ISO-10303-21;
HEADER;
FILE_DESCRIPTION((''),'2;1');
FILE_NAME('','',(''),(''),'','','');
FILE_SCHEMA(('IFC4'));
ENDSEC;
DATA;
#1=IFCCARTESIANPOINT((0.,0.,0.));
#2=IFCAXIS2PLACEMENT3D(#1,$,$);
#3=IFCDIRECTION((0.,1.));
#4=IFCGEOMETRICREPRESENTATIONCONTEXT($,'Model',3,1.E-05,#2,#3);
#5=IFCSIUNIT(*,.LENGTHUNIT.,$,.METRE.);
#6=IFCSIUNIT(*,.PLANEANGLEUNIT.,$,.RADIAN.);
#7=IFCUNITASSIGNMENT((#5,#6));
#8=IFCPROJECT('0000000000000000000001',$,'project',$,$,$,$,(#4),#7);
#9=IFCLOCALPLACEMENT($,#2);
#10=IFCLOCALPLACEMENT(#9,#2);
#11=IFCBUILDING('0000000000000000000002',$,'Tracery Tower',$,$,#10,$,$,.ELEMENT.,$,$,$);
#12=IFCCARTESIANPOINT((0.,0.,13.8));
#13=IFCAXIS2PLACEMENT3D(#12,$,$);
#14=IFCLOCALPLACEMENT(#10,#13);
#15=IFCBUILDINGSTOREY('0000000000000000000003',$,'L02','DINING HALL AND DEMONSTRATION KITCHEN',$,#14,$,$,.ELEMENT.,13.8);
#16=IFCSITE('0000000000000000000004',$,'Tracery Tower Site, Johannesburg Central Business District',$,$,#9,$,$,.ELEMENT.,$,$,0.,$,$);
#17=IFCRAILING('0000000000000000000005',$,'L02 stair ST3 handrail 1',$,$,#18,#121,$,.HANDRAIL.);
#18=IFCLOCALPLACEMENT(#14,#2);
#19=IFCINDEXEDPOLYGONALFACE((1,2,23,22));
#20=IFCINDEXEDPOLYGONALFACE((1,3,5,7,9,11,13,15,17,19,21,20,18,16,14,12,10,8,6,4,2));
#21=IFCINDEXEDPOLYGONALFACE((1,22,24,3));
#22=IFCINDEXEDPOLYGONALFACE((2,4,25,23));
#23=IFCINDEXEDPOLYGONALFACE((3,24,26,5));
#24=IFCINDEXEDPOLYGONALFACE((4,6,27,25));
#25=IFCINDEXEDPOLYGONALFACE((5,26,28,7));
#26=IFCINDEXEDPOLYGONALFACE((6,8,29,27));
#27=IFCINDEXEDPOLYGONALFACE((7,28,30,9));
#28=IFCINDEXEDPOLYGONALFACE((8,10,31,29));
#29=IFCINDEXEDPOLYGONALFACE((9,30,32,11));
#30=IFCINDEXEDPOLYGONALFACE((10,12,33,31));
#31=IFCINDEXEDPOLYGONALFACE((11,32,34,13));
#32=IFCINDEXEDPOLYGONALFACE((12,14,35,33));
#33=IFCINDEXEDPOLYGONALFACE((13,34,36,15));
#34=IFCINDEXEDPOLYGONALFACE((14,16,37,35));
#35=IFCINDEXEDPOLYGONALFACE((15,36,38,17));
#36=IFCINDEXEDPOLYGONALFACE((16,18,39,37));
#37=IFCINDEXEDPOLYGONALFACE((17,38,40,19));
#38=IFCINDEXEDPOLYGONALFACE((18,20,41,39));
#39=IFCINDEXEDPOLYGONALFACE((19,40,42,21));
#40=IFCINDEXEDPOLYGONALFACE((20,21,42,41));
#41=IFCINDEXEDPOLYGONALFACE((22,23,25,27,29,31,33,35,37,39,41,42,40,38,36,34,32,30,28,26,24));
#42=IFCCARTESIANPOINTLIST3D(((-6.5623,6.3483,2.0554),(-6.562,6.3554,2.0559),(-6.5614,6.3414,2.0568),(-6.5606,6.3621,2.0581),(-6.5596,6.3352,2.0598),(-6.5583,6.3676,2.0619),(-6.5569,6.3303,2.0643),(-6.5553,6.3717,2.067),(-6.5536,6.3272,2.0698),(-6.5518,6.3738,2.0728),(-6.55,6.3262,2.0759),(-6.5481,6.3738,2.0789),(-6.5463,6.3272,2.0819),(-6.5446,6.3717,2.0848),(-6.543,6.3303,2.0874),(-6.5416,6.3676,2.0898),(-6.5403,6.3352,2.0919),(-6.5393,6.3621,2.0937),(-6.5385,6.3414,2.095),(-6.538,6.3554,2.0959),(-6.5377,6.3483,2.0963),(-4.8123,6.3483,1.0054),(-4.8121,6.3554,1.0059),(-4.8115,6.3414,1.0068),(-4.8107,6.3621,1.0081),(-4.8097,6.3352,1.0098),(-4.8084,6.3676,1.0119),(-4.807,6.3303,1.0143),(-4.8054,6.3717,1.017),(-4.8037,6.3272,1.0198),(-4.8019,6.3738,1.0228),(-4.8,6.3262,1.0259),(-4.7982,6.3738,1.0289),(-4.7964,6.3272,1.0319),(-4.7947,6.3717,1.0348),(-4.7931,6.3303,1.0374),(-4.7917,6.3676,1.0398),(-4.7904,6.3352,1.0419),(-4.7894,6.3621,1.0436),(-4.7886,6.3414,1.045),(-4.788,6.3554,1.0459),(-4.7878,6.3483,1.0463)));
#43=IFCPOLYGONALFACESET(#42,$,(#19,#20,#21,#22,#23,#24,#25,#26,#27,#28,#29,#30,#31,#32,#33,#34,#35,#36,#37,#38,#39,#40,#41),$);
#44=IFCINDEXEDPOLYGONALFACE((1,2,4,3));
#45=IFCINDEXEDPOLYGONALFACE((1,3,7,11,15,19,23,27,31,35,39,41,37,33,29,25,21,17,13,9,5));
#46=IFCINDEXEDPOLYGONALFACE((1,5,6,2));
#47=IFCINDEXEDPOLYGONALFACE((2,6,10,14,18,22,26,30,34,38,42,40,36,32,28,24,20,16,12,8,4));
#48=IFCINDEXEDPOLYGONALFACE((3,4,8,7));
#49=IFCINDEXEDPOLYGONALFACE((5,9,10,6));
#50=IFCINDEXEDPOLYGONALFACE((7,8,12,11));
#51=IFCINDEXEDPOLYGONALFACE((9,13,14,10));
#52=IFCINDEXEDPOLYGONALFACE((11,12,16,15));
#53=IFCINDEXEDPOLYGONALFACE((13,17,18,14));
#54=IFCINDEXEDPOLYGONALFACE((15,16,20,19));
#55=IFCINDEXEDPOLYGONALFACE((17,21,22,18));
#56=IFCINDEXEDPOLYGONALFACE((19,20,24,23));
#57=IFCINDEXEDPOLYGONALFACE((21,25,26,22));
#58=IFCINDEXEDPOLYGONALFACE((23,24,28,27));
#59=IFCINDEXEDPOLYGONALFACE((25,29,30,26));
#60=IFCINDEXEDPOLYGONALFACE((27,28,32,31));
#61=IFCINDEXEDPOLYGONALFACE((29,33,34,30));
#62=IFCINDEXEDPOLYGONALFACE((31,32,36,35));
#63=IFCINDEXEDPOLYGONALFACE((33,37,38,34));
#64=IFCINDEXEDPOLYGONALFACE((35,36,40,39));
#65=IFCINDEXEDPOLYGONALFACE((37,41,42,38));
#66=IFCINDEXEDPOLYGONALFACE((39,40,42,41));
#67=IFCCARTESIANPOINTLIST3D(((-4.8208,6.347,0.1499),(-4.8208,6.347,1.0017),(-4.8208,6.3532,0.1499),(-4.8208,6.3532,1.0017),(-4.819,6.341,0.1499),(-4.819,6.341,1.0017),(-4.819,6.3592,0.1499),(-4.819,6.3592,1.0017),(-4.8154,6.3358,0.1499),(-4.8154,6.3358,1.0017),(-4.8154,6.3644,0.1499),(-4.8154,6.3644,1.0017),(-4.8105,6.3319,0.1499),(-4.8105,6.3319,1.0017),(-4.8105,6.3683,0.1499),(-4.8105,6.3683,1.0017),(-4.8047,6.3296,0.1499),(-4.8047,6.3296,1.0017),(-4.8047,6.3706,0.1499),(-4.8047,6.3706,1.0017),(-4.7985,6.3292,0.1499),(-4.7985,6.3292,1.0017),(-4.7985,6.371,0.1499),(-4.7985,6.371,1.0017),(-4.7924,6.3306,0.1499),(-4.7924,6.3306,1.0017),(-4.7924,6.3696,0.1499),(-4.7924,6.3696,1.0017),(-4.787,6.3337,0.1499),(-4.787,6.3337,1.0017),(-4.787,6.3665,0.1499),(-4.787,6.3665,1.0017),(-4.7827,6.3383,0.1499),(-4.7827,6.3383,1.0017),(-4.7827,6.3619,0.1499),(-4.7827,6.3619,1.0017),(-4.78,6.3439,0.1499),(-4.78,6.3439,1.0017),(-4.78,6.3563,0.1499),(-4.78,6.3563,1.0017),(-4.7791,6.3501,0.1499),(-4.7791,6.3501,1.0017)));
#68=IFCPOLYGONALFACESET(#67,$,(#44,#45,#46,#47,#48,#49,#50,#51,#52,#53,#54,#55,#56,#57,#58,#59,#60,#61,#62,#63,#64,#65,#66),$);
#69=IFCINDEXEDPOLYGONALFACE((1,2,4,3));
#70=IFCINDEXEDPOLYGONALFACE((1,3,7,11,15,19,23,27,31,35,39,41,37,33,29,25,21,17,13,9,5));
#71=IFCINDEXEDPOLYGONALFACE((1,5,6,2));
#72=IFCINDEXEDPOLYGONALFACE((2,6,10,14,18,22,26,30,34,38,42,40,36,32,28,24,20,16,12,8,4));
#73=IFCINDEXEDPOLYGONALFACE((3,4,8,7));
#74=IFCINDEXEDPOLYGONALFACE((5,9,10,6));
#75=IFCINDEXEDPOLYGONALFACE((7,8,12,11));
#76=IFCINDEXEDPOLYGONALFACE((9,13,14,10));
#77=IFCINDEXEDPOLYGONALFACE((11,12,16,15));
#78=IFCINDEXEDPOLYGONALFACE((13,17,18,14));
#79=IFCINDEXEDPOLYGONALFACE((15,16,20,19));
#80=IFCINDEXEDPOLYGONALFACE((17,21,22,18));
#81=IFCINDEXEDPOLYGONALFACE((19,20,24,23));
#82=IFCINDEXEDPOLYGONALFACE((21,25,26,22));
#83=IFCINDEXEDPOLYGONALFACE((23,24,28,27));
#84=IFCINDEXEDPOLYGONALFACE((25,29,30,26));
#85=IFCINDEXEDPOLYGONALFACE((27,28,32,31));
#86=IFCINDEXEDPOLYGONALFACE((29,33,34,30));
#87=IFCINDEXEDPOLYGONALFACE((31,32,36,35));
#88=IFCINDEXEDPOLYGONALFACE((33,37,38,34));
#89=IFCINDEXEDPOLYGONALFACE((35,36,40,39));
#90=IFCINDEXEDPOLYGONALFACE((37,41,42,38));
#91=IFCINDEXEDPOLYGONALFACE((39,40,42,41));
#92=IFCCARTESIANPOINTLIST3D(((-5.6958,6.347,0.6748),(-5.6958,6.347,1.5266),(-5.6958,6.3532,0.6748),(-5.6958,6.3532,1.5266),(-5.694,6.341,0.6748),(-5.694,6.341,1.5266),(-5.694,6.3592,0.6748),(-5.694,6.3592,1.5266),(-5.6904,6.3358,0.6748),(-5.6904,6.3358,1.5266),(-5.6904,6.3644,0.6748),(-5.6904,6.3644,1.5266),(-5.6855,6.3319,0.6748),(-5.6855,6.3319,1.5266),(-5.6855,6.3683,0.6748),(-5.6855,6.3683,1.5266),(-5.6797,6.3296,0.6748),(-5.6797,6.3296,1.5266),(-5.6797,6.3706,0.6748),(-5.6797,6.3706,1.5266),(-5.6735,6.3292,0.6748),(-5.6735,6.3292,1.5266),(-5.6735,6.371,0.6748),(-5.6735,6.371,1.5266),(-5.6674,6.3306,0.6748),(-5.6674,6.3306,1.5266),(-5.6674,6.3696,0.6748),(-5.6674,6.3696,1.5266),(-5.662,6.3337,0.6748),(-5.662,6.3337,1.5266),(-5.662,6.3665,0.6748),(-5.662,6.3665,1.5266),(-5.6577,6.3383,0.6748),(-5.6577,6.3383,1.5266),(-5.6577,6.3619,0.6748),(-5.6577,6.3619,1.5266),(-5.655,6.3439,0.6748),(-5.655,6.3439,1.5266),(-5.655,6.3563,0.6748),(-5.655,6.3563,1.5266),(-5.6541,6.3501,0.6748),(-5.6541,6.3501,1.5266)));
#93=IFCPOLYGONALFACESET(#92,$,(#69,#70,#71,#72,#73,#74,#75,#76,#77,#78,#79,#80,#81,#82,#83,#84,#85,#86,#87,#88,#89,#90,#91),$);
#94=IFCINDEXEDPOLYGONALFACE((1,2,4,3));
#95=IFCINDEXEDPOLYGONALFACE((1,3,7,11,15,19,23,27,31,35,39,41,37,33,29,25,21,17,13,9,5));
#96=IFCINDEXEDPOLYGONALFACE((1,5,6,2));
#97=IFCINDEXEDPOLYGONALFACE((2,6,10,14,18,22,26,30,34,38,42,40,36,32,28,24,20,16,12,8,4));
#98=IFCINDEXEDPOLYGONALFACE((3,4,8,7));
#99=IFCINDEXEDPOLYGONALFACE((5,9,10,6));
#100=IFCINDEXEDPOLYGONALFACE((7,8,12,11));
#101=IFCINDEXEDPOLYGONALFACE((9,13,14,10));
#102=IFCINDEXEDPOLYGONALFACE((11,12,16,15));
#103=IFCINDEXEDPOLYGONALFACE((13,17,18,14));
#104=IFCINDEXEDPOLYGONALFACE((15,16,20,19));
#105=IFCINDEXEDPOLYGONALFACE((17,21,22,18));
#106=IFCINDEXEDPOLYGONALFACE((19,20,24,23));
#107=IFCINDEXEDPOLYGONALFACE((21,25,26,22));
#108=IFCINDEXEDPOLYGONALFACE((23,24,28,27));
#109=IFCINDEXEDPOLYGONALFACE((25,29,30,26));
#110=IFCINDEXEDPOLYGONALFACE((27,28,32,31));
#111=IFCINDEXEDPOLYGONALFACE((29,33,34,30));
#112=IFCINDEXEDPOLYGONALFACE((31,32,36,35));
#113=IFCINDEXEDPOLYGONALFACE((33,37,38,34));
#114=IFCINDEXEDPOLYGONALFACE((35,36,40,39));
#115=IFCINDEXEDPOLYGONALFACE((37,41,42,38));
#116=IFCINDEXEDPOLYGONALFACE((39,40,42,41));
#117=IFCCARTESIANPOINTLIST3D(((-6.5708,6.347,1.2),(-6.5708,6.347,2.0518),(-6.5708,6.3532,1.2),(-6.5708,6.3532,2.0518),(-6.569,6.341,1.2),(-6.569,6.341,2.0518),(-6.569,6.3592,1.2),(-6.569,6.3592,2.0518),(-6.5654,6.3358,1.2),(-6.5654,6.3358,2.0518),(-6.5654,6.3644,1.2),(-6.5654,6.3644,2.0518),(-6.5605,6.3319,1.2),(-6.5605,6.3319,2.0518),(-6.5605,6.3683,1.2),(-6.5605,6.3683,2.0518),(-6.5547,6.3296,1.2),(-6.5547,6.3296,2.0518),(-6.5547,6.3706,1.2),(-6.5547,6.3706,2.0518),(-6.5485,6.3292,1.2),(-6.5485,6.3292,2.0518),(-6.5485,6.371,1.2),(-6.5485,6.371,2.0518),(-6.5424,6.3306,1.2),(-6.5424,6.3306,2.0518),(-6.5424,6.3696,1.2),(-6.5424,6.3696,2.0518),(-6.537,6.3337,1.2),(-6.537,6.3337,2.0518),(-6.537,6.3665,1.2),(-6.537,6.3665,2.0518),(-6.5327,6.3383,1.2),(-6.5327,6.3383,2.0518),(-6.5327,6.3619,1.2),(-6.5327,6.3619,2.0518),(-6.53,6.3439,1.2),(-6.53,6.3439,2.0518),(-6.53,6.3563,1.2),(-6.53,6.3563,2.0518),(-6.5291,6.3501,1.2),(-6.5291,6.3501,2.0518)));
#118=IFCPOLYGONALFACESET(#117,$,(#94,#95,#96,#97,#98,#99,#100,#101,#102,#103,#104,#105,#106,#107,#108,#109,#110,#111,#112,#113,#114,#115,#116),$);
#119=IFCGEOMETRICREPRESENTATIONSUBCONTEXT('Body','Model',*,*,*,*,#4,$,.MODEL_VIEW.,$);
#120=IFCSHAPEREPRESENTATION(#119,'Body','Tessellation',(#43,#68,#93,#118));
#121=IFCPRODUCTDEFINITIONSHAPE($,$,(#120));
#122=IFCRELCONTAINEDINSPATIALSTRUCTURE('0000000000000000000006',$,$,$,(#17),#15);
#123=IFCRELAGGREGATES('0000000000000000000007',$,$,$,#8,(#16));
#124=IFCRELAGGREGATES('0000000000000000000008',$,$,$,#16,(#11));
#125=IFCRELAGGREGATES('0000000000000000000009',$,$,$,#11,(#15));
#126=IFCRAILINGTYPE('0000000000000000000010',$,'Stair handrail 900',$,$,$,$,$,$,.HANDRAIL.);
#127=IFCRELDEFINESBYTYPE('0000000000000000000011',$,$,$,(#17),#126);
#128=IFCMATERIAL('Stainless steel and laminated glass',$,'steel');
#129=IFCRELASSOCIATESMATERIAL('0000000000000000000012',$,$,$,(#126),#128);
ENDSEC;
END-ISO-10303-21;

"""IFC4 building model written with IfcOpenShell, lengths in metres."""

from ifc_helpers import new_model, si_unit, direction, frame, origin, origin_2d, place, context, subcontext, project, spatial, circle, extrude, material, type_object, element, save


model = new_model("IFC4")

# Units and contexts
model_context = context("Model", 3, precision=1e-05, world=origin(), true_north=direction((0.0, 1.0)))
body_context = subcontext(model_context, "Body", "Model", "MODEL_VIEW")
ifc_project = project(units=[si_unit("LENGTHUNIT", "METRE"), si_unit("PLANEANGLEUNIT", "RADIAN")], contexts=[model_context])

# Site, building, storey
site_placement = place(None, origin())
site = spatial("IfcSite", under=ifc_project, at=site_placement, Name="Tracery Tower Site, Johannesburg Central Business District", CompositionType="ELEMENT", RefElevation=0.0)
building_placement = place(site_placement, origin())
building = spatial("IfcBuilding", under=site, at=building_placement, Name="Tracery Tower", CompositionType="ELEMENT")
storey_placement = place(building_placement, frame((0.0, 0.0, 13.8)))
storey = spatial("IfcBuildingStorey", under=building, at=storey_placement, Name="L02", Description="DINING HALL AND DEMONSTRATION KITCHEN", CompositionType="ELEMENT", Elevation=13.8)

# Railing
ifc_material_1 = material(Name="Stainless steel and laminated glass", Category="steel")
railing_type_1 = type_object("IfcRailingType", Name="Stair handrail 900", PredefinedType="HANDRAIL", material=ifc_material_1)
railing_1_placement = place(storey_placement, frame((-4.8, 6.3501, 0.1499)))
element("IfcRailing", 1, at=railing_1_placement, inside=storey, type_object=railing_type_1, Name="L02 stair ST3 handrail 1", PredefinedType="HANDRAIL", context=body_context, shape_type="SweptSolid", body=[
    extrude(circle(Radius=0.0239, at=origin_2d()), frame((0.0, 0.0, 0.876), z_axis=(-0.857482, 0.0, 0.514513), x_axis=(0.0, -1.0, 0.0)), (0.0, 0.0, 1.0), 2.0408),
    extrude(circle(Radius=0.021, at=origin_2d()), origin(), (0.0, 0.0, 1.0), 0.8518),
    extrude(circle(Radius=0.021, at=origin_2d()), frame((-0.875, 0.0, 0.5249)), (0.0, 0.0, 1.0), 0.8518),
    extrude(circle(Radius=0.021, at=origin_2d()), frame((-1.75, 0.0, 1.05)), (0.0, 0.0, 1.0), 0.8518),
])

save(model, "model.ifc")
